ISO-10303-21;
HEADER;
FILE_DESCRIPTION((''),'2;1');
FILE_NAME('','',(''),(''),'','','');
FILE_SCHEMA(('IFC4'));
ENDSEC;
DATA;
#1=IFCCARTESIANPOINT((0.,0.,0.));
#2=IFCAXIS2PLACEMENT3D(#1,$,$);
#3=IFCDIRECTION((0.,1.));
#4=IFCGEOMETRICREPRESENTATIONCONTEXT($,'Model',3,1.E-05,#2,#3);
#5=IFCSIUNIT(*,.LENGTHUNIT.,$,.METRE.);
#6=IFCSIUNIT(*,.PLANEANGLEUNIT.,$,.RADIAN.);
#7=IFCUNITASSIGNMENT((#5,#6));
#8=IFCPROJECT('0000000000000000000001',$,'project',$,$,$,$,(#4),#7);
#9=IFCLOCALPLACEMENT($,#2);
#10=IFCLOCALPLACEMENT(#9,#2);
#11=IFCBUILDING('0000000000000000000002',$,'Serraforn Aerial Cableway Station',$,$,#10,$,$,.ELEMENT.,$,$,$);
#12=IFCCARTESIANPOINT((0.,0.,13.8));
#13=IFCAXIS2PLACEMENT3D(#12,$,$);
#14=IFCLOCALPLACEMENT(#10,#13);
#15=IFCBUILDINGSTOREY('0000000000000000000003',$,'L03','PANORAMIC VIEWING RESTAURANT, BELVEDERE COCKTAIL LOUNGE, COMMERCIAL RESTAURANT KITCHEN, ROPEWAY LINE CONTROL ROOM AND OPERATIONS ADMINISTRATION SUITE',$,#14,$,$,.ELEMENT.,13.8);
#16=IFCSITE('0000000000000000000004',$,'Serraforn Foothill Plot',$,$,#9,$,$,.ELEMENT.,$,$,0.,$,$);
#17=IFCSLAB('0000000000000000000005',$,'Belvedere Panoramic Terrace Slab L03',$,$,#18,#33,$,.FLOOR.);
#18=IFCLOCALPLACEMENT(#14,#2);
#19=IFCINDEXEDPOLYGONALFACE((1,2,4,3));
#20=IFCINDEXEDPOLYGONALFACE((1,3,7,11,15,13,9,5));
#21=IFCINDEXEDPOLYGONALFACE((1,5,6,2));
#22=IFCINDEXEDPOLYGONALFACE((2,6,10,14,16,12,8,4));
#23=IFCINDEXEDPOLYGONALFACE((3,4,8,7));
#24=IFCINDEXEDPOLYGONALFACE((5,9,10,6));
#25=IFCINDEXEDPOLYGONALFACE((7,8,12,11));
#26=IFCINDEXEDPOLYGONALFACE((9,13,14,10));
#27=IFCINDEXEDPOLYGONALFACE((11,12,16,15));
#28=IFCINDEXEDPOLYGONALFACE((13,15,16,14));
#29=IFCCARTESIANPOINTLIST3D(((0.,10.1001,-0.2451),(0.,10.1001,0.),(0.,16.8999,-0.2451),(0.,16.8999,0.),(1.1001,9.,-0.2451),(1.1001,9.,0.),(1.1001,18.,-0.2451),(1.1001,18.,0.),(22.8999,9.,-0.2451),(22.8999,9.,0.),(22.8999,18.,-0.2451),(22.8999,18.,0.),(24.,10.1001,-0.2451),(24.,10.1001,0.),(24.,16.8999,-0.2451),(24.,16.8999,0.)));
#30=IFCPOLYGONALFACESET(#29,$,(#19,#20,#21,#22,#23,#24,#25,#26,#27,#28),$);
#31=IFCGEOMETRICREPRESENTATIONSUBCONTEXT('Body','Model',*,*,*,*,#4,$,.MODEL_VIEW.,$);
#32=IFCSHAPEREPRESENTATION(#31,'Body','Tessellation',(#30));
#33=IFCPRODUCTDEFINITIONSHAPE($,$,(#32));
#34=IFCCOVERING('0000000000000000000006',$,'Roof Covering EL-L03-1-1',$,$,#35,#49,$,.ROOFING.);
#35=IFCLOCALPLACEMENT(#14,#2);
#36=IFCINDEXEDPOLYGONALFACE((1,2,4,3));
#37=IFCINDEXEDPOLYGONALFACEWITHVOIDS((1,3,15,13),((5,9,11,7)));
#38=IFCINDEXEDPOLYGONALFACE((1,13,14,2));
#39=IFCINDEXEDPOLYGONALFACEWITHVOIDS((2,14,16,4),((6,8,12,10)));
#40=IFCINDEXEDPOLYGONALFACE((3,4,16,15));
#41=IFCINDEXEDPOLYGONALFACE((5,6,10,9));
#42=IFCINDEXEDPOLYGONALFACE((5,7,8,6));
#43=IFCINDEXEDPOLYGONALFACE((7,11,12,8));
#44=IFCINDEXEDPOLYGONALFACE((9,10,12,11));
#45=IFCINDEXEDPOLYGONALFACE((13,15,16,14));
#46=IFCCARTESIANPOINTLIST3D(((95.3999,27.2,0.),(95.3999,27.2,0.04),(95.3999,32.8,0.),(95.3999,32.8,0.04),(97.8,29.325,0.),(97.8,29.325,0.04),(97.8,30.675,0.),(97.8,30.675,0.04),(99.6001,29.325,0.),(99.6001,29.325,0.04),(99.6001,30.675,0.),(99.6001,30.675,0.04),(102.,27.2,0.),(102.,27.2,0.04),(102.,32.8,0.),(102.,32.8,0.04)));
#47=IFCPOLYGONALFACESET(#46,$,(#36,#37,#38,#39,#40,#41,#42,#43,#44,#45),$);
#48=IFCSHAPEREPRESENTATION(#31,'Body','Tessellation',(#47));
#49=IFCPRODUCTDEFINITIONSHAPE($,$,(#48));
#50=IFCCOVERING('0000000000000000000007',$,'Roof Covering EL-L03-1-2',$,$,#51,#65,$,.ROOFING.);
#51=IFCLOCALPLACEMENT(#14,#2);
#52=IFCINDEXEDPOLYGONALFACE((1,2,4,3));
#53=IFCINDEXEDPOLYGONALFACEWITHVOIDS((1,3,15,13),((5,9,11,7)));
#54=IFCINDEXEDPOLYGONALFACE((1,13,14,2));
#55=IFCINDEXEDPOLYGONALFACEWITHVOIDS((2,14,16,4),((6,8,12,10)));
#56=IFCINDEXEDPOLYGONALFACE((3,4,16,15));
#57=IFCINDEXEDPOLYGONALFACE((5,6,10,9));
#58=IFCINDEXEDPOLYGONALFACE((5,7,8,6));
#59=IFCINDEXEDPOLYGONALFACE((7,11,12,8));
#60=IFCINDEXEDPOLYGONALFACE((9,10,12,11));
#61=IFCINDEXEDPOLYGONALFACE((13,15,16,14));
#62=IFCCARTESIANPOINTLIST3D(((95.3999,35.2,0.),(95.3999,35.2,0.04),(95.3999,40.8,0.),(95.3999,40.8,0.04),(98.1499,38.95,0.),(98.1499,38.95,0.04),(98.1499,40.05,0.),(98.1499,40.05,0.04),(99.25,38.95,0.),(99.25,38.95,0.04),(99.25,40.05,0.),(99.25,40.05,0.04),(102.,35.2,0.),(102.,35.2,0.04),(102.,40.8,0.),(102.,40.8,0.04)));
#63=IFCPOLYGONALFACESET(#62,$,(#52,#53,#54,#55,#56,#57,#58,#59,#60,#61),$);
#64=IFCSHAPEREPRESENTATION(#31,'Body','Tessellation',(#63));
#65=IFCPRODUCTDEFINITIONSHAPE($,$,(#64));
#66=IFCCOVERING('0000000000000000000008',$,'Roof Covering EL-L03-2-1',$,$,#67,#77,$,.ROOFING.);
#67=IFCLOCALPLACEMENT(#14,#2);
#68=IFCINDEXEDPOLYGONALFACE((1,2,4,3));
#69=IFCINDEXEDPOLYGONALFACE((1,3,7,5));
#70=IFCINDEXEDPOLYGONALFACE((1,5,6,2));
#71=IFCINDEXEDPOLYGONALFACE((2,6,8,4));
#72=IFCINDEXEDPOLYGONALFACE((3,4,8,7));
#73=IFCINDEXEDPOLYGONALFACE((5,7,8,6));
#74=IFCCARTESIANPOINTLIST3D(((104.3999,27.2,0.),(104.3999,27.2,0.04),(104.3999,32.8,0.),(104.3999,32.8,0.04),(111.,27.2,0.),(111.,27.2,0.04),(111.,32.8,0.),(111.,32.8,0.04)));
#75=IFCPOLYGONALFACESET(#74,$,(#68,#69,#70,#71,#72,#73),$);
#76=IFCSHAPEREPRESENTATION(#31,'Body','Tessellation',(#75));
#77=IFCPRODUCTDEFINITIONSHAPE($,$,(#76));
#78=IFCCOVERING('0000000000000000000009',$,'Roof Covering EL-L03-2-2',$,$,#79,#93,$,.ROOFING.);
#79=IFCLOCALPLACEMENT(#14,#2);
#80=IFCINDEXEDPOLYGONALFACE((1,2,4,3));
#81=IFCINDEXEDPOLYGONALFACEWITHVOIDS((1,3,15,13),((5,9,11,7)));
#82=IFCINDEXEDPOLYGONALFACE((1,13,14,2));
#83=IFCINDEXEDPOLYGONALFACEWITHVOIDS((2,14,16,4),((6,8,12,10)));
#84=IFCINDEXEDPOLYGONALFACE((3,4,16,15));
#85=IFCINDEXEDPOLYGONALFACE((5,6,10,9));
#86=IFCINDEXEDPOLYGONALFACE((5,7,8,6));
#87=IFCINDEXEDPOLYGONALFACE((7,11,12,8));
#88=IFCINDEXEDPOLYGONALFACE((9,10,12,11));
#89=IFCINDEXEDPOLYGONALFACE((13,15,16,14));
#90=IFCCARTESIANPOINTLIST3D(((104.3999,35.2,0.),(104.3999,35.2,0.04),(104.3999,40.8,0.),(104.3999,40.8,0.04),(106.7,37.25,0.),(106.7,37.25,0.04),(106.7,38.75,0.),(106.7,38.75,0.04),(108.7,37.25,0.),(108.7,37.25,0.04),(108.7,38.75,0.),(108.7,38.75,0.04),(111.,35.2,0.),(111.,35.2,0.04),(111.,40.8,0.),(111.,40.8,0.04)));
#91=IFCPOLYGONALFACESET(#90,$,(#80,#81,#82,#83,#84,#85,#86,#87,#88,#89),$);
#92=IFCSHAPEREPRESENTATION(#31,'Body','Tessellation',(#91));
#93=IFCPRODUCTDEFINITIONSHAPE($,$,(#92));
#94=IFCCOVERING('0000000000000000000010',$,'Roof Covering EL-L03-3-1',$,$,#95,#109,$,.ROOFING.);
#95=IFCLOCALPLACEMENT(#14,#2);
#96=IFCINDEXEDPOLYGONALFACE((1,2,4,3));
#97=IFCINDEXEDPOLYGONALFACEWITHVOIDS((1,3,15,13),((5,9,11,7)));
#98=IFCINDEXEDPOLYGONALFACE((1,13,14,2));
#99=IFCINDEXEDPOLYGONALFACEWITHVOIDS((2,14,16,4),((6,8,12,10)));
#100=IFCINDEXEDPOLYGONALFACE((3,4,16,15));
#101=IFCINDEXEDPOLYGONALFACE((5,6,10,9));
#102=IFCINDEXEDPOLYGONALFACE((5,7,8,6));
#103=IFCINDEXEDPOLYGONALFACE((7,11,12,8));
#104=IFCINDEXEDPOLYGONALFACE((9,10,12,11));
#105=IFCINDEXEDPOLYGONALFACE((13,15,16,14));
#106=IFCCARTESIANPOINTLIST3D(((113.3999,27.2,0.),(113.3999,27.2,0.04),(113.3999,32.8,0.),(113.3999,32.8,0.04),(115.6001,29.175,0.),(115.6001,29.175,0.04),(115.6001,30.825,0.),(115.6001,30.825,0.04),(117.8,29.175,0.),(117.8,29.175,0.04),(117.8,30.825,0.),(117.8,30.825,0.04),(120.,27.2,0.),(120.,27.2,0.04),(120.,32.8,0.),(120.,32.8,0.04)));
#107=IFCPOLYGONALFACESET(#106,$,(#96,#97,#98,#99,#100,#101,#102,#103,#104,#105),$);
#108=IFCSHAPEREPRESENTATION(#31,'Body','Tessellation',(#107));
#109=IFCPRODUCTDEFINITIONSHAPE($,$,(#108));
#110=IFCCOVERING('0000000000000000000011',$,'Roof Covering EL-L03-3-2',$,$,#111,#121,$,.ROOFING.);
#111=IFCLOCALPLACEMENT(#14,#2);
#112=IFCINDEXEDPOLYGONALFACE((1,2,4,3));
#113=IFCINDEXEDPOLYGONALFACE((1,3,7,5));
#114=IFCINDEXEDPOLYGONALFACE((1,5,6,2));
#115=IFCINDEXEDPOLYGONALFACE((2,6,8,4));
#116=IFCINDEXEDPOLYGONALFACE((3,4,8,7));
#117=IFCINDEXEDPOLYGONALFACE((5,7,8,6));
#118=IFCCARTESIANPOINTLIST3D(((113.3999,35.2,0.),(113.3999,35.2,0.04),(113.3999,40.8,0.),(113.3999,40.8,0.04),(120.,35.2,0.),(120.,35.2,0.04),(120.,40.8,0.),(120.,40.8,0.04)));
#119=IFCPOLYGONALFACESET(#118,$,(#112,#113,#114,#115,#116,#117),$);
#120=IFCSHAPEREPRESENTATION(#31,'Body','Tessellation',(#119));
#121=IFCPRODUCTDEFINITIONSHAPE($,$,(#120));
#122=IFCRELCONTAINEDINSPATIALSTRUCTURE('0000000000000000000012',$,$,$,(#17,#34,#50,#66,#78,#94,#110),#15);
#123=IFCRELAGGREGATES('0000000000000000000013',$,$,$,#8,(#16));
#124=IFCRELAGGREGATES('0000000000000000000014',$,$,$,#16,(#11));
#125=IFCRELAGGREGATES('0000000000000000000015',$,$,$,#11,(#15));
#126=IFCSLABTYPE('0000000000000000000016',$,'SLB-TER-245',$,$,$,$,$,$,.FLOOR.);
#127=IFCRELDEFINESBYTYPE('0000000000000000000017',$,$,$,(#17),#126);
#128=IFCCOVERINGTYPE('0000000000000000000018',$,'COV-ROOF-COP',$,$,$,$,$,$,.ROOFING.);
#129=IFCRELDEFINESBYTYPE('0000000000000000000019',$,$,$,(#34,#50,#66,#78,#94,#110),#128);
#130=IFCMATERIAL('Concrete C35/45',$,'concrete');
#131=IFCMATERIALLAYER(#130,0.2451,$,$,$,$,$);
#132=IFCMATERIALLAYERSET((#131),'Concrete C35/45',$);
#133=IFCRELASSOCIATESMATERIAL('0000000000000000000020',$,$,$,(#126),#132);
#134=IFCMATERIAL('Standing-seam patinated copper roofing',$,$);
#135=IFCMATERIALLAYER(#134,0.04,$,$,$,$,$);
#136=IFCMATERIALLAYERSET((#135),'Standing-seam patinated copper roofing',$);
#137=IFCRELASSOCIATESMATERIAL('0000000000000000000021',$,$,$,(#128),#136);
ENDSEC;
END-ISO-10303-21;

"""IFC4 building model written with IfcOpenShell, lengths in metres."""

from ifc_helpers import new_model, si_unit, direction, frame, origin, place, context, subcontext, project, spatial, polyline, outline, extrude, material, layer, layer_set, type_object, element, save


model = new_model("IFC4")

# Units and contexts
model_context = context("Model", 3, precision=1e-05, world=origin(), true_north=direction((0.0, 1.0)))
body_context = subcontext(model_context, "Body", "Model", "MODEL_VIEW")
ifc_project = project(units=[si_unit("LENGTHUNIT", "METRE"), si_unit("PLANEANGLEUNIT", "RADIAN")], contexts=[model_context])

# Site, building, storey
site_placement = place(None, origin())
site = spatial("IfcSite", under=ifc_project, at=site_placement, Name="Serraforn Foothill Plot", CompositionType="ELEMENT", RefElevation=0.0)
building_placement = place(site_placement, origin())
building = spatial("IfcBuilding", under=site, at=building_placement, Name="Serraforn Aerial Cableway Station", CompositionType="ELEMENT")
storey_placement = place(building_placement, frame((0.0, 0.0, 13.8)))
storey = spatial("IfcBuildingStorey", under=building, at=storey_placement, Name="L03", Description="PANORAMIC VIEWING RESTAURANT, BELVEDERE COCKTAIL LOUNGE, COMMERCIAL RESTAURANT KITCHEN, ROPEWAY LINE CONTROL ROOM AND OPERATIONS ADMINISTRATION SUITE", CompositionType="ELEMENT", Elevation=13.8)

# Shared definitions
ifc_material_1 = material(Name="Concrete C35/45", Category="concrete")

# Slab
ifc_layer_1 = layer(ifc_material_1, 0.2451)
ifc_layer_set_1 = layer_set([ifc_layer_1], Name="Concrete C35/45")
slab_type_1 = type_object("IfcSlabType", Name="SLB-TER-245", PredefinedType="FLOOR", material=ifc_layer_set_1)
slab_1_placement = place(storey_placement, frame((0.0, 0.0, -0.2451)))
element("IfcSlab", 1, at=slab_1_placement, inside=storey, type_object=slab_type_1, Name="Belvedere Panoramic Terrace Slab L03", PredefinedType="FLOOR", context=body_context, shape_type="SweptSolid", body=[
    extrude(outline(polyline([(1.1001, 9.0), (22.8999, 9.0), (24.0, 10.1001), (24.0, 16.8999), (22.8999, 18.0), (1.1001, 18.0), (0.0, 16.8999), (0.0, 10.1001), (1.1001, 9.0)])), origin(), (0.0, 0.0, 1.0), 0.2451),
])

# Coverings
ifc_material_2 = material(Name="Standing-seam patinated copper roofing")
ifc_layer_2 = layer(ifc_material_2, 0.04)
ifc_layer_set_2 = layer_set([ifc_layer_2], Name="Standing-seam patinated copper roofing")
covering_type = type_object("IfcCoveringType", Name="COV-ROOF-COP", PredefinedType="ROOFING", material=ifc_layer_set_2)
covering_1_placement = place(storey_placement, origin())
element("IfcCovering", 2, at=covering_1_placement, inside=storey, type_object=covering_type, Name="Roof Covering EL-L03-1-1", PredefinedType="ROOFING", context=body_context, shape_type="SweptSolid", body=[
    extrude(outline(polyline([(95.3999, 27.2), (102.0, 27.2), (102.0, 32.8), (95.3999, 32.8), (95.3999, 27.2)]), holes=[polyline([(97.8, 29.325), (99.6001, 29.325), (99.6001, 30.675), (97.8, 30.675), (97.8, 29.325)])]), origin(), (0.0, 0.0, 1.0), 0.04),
])
covering_2_placement = place(storey_placement, origin())
element("IfcCovering", 3, at=covering_2_placement, inside=storey, type_object=covering_type, Name="Roof Covering EL-L03-1-2", PredefinedType="ROOFING", context=body_context, shape_type="SweptSolid", body=[
    extrude(outline(polyline([(95.3999, 35.2), (102.0, 35.2), (102.0, 40.8), (95.3999, 40.8), (95.3999, 35.2)]), holes=[polyline([(98.1499, 38.95), (99.25, 38.95), (99.25, 40.05), (98.1499, 40.05), (98.1499, 38.95)])]), origin(), (0.0, 0.0, 1.0), 0.04),
])
covering_3_placement = place(storey_placement, origin())
element("IfcCovering", 4, at=covering_3_placement, inside=storey, type_object=covering_type, Name="Roof Covering EL-L03-2-1", PredefinedType="ROOFING", context=body_context, shape_type="SweptSolid", body=[
    extrude(outline(polyline([(104.3999, 27.2), (111.0, 27.2), (111.0, 32.8), (104.3999, 32.8), (104.3999, 27.2)])), origin(), (0.0, 0.0, 1.0), 0.04),
])
covering_4_placement = place(storey_placement, origin())
element("IfcCovering", 5, at=covering_4_placement, inside=storey, type_object=covering_type, Name="Roof Covering EL-L03-2-2", PredefinedType="ROOFING", context=body_context, shape_type="SweptSolid", body=[
    extrude(outline(polyline([(104.3999, 35.2), (111.0, 35.2), (111.0, 40.8), (104.3999, 40.8), (104.3999, 35.2)]), holes=[polyline([(106.7, 37.25), (108.7, 37.25), (108.7, 38.75), (106.7, 38.75), (106.7, 37.25)])]), origin(), (0.0, 0.0, 1.0), 0.04),
])
covering_5_placement = place(storey_placement, origin())
element("IfcCovering", 6, at=covering_5_placement, inside=storey, type_object=covering_type, Name="Roof Covering EL-L03-3-1", PredefinedType="ROOFING", context=body_context, shape_type="SweptSolid", body=[
    extrude(outline(polyline([(113.3999, 27.2), (120.0, 27.2), (120.0, 32.8), (113.3999, 32.8), (113.3999, 27.2)]), holes=[polyline([(115.6001, 29.175), (117.8, 29.175), (117.8, 30.825), (115.6001, 30.825), (115.6001, 29.175)])]), origin(), (0.0, 0.0, 1.0), 0.04),
])
covering_6_placement = place(storey_placement, origin())
element("IfcCovering", 7, at=covering_6_placement, inside=storey, type_object=covering_type, Name="Roof Covering EL-L03-3-2", PredefinedType="ROOFING", context=body_context, shape_type="SweptSolid", body=[
    extrude(outline(polyline([(113.3999, 35.2), (120.0, 35.2), (120.0, 40.8), (113.3999, 40.8), (113.3999, 35.2)])), origin(), (0.0, 0.0, 1.0), 0.04),
])

save(model, "model.ifc")
